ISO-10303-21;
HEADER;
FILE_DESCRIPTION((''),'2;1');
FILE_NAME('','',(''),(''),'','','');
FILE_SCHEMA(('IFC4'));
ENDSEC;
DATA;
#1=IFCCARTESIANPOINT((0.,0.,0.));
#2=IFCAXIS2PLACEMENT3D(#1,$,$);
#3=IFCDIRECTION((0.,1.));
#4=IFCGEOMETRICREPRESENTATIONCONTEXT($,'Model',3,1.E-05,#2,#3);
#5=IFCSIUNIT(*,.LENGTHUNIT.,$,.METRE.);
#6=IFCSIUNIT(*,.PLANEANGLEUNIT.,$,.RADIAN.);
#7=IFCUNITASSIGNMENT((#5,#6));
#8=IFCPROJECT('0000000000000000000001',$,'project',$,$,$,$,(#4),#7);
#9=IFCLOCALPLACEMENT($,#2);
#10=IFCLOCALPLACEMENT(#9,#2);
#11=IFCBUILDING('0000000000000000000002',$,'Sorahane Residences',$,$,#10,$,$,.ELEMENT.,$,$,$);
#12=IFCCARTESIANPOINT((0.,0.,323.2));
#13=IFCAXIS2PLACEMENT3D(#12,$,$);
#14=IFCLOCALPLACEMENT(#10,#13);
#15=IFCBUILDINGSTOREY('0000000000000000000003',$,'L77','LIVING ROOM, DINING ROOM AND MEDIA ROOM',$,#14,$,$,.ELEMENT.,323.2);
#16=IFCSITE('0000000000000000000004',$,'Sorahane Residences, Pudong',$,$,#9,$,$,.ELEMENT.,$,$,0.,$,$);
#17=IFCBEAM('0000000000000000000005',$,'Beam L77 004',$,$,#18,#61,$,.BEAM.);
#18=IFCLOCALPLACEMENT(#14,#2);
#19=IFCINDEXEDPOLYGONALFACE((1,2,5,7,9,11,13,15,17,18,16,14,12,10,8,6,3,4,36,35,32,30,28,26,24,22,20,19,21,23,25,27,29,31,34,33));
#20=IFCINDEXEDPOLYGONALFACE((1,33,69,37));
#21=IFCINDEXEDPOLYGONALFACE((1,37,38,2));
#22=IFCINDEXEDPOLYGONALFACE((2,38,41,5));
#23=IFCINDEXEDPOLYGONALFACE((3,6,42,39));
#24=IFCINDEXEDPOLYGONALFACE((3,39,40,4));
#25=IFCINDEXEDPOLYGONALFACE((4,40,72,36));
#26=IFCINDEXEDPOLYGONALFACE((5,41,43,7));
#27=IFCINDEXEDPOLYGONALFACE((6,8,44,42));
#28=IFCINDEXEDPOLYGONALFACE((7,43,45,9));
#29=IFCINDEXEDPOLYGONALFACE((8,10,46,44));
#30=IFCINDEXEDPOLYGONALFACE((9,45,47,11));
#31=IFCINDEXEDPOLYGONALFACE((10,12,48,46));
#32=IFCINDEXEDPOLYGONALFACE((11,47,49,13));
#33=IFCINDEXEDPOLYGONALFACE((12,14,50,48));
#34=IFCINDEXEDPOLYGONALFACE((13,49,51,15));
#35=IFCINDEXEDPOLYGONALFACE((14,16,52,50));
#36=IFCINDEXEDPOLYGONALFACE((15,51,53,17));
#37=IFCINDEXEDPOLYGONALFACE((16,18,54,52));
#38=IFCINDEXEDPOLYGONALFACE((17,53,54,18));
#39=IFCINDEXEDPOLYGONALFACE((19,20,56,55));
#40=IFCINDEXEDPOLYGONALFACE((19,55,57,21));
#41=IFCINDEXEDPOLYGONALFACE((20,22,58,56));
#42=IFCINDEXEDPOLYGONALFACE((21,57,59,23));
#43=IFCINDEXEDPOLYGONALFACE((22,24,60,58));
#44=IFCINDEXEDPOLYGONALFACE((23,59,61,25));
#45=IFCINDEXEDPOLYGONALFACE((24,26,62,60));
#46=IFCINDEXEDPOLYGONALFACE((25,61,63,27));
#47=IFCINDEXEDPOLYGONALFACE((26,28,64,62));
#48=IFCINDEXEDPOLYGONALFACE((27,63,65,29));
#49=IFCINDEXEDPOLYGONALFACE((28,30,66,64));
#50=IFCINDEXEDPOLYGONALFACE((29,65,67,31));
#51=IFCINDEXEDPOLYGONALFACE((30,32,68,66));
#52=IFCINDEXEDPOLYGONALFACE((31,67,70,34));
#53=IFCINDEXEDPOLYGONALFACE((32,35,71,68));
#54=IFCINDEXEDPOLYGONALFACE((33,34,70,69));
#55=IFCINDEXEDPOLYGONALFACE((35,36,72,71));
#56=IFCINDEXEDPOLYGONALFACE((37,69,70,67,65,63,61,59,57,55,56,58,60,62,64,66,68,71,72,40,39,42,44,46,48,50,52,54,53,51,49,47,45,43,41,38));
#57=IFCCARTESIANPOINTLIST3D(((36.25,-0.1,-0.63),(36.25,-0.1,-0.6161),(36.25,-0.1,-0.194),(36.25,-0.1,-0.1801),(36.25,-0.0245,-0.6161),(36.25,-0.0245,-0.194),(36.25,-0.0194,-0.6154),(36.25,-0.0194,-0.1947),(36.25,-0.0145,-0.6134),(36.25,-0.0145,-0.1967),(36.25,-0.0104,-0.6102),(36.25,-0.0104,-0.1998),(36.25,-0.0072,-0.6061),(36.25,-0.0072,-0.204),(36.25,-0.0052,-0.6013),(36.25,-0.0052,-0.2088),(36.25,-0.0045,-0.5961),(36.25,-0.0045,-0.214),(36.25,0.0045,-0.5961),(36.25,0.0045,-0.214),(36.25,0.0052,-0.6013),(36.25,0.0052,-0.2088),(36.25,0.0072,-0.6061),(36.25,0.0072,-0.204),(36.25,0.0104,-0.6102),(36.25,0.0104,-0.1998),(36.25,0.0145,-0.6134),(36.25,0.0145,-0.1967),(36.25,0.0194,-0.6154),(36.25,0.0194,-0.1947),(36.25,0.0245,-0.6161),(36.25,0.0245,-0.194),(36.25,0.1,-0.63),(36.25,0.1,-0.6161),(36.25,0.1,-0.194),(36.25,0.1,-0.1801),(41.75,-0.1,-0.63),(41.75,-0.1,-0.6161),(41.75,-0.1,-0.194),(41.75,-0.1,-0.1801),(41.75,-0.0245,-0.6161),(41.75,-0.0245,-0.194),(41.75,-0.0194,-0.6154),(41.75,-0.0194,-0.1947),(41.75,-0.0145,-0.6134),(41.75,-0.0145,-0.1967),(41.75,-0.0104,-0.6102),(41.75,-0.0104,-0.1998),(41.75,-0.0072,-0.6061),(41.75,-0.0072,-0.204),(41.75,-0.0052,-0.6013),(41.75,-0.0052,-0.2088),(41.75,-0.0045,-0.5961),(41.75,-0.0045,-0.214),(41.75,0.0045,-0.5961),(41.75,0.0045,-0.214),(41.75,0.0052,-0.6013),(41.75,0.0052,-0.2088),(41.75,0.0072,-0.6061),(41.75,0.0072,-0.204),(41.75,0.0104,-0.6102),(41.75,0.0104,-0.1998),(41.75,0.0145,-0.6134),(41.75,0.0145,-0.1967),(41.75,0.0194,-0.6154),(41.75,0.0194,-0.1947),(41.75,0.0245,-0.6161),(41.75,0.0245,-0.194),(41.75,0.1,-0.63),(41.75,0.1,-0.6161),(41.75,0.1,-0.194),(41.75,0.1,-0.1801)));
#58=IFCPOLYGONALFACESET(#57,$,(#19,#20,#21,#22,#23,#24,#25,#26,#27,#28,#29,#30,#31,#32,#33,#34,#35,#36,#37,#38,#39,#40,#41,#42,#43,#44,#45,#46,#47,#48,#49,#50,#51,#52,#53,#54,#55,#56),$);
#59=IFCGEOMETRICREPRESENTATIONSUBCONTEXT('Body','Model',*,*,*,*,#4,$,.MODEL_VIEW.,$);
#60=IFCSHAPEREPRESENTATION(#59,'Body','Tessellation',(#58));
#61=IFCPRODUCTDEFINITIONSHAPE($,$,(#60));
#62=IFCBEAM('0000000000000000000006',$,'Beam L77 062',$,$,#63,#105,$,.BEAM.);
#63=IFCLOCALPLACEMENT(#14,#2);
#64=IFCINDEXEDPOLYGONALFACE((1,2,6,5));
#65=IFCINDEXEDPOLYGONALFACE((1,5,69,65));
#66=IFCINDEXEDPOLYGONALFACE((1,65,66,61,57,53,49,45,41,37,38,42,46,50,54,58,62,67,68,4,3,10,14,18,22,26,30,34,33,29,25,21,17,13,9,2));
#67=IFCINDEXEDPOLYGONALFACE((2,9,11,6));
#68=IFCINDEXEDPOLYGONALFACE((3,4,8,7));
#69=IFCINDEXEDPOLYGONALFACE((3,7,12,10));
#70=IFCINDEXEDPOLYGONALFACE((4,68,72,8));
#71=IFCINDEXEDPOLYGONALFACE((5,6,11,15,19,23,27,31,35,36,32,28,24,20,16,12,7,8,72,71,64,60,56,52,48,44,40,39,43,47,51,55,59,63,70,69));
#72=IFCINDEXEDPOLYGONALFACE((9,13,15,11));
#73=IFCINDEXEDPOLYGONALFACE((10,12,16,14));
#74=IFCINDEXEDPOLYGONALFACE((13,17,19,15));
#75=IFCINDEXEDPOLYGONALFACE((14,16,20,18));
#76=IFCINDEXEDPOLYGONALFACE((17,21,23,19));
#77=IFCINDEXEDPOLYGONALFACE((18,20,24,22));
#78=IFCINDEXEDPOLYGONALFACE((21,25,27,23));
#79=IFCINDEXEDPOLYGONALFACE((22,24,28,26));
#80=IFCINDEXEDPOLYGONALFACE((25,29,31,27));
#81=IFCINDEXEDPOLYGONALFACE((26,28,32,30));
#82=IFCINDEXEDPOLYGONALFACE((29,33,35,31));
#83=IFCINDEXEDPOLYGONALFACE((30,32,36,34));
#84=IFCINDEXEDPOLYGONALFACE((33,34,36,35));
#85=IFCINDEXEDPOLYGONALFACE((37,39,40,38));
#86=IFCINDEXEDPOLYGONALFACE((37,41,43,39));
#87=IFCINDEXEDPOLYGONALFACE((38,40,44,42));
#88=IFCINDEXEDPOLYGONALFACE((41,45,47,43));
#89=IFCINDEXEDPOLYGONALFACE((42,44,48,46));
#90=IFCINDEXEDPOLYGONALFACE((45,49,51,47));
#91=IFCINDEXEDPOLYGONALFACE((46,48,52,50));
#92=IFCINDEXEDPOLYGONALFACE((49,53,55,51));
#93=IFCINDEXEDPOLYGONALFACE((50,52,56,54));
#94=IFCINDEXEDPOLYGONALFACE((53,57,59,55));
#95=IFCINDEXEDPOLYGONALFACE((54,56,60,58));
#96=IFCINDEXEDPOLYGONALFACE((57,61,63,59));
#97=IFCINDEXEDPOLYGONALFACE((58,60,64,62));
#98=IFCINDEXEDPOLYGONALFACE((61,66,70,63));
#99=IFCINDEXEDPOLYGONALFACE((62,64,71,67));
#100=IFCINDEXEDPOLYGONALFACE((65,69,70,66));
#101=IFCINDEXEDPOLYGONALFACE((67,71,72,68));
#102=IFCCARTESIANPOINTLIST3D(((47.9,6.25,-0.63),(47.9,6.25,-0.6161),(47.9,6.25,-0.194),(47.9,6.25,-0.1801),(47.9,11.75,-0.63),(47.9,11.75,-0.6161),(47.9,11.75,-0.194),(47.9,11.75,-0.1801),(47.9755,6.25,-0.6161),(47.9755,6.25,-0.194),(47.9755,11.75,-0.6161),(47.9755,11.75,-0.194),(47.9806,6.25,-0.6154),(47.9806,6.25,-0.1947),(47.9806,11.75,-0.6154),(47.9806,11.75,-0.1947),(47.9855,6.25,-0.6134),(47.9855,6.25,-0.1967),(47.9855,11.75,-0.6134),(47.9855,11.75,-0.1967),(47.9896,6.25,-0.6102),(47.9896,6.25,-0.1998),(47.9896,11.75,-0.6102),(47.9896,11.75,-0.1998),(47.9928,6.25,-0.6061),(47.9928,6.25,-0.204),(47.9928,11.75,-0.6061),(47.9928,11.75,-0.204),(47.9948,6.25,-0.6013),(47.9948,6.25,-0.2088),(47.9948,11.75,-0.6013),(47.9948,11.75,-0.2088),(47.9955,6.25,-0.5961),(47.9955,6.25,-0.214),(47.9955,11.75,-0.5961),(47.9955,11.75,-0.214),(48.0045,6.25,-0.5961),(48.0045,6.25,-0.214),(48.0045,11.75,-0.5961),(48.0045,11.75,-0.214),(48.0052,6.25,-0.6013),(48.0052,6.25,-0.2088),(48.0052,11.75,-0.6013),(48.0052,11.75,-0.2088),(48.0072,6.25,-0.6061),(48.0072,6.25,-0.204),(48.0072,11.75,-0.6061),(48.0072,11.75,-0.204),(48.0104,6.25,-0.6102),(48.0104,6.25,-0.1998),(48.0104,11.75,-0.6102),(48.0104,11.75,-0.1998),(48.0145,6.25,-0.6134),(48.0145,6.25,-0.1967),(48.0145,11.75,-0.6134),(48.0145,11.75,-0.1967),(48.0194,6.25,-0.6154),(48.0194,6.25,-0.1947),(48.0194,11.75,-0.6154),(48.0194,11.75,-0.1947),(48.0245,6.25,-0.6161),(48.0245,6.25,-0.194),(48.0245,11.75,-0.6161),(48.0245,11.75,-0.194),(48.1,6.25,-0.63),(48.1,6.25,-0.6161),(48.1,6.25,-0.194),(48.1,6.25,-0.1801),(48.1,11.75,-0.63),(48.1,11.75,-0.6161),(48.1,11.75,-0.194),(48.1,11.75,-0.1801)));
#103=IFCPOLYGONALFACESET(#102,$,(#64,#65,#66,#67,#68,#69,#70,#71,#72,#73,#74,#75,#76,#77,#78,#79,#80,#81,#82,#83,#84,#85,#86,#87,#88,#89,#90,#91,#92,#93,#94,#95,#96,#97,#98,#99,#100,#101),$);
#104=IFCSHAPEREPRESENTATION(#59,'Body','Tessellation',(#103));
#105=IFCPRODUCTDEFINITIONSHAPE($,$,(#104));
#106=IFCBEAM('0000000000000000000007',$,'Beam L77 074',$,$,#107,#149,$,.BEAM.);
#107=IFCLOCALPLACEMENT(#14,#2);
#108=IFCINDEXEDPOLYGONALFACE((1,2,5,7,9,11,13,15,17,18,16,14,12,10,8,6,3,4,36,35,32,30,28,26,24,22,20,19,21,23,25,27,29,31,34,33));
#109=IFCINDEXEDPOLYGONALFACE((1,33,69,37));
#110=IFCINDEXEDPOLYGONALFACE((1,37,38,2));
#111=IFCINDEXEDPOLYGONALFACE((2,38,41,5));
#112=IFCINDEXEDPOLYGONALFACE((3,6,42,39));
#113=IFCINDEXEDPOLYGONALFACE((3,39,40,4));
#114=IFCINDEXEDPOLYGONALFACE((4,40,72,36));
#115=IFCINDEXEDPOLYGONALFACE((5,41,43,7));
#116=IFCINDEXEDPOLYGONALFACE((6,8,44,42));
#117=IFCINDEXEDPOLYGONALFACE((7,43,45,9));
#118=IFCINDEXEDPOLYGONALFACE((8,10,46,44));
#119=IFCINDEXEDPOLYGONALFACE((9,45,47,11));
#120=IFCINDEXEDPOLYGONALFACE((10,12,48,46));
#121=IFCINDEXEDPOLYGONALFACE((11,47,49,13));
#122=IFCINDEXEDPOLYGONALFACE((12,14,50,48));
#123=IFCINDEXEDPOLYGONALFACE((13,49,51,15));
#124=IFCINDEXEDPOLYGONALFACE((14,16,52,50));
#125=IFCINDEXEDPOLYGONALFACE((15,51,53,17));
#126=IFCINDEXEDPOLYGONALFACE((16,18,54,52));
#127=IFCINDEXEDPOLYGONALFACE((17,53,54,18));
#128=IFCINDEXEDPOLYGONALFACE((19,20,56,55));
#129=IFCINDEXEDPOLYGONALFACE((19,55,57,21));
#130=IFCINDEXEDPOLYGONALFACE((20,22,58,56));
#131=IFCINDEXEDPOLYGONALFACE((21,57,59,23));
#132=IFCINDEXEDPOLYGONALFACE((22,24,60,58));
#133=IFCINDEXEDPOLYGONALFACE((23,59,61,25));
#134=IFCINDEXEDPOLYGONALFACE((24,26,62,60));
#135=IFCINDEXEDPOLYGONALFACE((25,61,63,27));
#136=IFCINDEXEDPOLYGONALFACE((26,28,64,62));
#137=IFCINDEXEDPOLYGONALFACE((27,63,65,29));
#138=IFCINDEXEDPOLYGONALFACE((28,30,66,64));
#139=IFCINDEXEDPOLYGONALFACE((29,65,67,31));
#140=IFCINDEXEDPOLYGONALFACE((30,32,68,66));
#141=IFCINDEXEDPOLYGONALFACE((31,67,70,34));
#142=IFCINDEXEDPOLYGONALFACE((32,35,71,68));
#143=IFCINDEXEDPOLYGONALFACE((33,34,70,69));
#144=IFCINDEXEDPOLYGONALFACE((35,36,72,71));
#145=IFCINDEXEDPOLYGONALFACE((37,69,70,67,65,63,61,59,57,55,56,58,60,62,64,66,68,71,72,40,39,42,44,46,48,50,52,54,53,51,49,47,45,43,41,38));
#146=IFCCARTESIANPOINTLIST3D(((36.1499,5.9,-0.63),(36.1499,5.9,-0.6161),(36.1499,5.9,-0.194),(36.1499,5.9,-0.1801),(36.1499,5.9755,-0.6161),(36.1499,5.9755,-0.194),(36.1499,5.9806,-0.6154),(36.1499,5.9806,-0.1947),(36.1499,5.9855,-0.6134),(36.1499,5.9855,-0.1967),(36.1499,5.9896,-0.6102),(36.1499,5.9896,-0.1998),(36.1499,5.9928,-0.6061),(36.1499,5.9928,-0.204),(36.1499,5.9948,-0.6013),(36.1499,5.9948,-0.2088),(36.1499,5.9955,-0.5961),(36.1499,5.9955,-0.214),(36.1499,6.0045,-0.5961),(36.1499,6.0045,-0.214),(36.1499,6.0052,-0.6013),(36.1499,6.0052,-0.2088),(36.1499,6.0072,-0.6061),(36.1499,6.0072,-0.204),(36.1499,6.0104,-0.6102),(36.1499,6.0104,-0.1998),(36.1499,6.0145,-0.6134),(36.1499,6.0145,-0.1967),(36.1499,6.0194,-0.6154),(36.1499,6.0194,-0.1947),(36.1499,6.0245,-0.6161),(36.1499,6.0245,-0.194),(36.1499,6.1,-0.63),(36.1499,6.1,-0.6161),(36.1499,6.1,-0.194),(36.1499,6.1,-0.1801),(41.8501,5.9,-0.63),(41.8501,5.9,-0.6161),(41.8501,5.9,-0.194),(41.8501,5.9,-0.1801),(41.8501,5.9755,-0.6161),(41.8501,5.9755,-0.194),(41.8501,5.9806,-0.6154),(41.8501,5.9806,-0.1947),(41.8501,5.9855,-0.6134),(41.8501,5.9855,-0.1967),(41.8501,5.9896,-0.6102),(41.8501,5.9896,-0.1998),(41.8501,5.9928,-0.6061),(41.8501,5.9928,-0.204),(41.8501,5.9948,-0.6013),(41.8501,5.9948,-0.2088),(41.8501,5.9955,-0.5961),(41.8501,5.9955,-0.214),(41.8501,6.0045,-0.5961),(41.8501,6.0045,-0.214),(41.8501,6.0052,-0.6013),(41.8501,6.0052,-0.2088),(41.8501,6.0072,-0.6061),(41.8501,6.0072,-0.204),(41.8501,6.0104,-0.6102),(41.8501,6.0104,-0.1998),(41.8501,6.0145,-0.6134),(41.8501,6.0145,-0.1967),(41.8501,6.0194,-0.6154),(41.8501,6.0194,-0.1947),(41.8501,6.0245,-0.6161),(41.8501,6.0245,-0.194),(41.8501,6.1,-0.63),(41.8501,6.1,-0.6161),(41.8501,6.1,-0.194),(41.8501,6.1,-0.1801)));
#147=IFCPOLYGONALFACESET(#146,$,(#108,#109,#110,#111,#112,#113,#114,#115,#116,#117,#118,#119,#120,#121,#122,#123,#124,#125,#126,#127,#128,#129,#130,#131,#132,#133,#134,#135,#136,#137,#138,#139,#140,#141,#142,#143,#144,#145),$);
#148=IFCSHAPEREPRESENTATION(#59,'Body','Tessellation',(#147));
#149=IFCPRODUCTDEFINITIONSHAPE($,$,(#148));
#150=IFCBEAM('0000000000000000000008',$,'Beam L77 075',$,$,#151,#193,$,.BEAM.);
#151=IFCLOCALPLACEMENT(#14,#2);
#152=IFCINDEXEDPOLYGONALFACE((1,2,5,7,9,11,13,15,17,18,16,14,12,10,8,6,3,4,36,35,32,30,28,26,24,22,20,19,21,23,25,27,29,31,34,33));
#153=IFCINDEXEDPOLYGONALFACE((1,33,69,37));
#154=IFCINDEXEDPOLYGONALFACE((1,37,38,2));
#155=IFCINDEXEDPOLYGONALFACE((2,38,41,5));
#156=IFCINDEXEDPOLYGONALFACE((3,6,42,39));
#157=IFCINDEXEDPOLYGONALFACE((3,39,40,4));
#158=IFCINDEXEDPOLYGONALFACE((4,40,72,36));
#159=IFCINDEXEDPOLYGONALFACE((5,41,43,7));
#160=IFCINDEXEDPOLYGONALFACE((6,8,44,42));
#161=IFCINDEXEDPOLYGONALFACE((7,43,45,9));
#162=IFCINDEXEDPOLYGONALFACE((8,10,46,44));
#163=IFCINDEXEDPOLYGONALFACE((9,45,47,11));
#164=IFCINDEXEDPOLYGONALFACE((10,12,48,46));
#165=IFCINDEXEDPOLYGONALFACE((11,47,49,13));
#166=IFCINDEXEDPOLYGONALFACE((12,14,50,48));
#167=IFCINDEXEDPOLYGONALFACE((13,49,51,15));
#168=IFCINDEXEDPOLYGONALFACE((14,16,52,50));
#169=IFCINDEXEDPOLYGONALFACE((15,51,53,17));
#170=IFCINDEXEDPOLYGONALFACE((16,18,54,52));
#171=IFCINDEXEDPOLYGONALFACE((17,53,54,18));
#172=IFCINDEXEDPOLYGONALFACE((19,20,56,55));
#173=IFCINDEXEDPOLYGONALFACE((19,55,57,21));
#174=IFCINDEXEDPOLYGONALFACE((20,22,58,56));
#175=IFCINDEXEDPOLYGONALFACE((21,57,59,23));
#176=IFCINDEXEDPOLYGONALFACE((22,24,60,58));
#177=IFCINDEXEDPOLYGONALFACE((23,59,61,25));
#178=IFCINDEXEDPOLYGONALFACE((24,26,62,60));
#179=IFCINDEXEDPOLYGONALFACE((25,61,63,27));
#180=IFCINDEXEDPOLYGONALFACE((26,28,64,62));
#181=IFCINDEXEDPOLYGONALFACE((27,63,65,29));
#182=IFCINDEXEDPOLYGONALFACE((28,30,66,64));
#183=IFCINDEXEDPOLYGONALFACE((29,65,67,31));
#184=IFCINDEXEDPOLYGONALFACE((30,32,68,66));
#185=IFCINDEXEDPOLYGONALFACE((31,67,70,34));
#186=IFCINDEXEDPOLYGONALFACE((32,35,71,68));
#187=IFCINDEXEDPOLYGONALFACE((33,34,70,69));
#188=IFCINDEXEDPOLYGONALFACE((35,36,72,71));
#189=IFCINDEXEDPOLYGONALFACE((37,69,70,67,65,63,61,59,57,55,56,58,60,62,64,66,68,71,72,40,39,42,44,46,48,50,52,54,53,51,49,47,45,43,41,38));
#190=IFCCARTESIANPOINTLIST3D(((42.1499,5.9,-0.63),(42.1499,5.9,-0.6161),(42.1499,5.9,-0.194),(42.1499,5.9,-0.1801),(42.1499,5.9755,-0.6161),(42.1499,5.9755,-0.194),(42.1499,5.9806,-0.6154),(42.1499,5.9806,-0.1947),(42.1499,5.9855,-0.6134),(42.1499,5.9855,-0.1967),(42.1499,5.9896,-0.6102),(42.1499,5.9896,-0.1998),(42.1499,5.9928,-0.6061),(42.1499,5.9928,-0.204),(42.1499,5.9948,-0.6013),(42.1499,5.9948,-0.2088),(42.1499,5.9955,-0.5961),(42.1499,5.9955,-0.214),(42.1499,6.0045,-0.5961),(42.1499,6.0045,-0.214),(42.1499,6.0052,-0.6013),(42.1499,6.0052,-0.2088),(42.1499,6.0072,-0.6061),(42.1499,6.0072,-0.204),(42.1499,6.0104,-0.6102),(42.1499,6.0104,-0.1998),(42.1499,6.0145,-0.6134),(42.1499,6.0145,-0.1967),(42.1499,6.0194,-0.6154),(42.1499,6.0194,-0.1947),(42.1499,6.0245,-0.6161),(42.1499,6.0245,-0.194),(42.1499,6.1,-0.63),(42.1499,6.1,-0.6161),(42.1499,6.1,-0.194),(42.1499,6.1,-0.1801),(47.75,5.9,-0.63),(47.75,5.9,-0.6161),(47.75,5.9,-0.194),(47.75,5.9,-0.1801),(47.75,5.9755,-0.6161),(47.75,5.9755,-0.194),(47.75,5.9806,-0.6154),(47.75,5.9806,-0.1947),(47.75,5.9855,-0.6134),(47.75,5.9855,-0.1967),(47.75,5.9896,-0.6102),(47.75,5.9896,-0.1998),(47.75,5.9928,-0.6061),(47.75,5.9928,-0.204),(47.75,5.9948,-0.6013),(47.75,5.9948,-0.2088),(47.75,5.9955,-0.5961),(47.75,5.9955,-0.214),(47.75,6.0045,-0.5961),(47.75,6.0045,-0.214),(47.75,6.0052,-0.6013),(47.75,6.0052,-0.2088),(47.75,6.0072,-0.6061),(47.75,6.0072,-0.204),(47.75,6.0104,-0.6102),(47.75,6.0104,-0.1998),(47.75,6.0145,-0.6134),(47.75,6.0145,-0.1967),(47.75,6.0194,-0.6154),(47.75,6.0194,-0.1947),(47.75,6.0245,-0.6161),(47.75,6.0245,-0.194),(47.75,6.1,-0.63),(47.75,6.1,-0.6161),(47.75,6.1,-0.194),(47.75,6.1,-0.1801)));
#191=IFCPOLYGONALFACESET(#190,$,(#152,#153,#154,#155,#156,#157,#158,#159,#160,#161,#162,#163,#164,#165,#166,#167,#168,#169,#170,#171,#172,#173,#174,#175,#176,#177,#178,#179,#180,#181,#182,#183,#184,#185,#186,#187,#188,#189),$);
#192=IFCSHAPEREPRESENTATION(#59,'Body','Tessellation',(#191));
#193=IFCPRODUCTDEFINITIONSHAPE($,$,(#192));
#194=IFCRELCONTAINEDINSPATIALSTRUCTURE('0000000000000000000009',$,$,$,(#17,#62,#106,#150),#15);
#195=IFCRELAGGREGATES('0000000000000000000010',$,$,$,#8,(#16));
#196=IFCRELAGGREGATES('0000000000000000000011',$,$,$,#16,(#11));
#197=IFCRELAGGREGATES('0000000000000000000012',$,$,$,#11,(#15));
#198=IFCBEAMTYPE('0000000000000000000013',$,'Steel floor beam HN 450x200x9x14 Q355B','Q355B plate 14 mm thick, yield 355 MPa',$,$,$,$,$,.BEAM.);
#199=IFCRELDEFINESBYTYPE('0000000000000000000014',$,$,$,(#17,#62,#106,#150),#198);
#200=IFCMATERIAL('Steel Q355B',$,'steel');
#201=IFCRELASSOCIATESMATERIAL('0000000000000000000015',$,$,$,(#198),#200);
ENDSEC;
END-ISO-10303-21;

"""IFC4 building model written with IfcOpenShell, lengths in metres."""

from ifc_helpers import new_model, si_unit, direction, frame, origin, origin_2d, place, context, subcontext, project, spatial, i_section, extrude, material, material_profile, profile_set, type_object, element, save


model = new_model("IFC4")

# Units and contexts
model_context = context("Model", 3, precision=1e-05, world=origin(), true_north=direction((0.0, 1.0)))
body_context = subcontext(model_context, "Body", "Model", "MODEL_VIEW")
ifc_project = project(units=[si_unit("LENGTHUNIT", "METRE"), si_unit("PLANEANGLEUNIT", "RADIAN")], contexts=[model_context])

# Site, building, storey
site_placement = place(None, origin())
site = spatial("IfcSite", under=ifc_project, at=site_placement, Name="Sorahane Residences, Pudong", CompositionType="ELEMENT", RefElevation=0.0)
building_placement = place(site_placement, origin())
building = spatial("IfcBuilding", under=site, at=building_placement, Name="Sorahane Residences", CompositionType="ELEMENT")
storey_placement = place(building_placement, frame((0.0, 0.0, 323.2)))
storey = spatial("IfcBuildingStorey", under=building, at=storey_placement, Name="L77", Description="LIVING ROOM, DINING ROOM AND MEDIA ROOM", CompositionType="ELEMENT", Elevation=323.2)

# Beams
ifc_material_1 = material(Name="Steel Q355B", Category="steel")
ifc_material_profile_1 = material_profile(ifc_material_1, i_section(OverallWidth=0.2, OverallDepth=0.45, WebThickness=0.009, FlangeThickness=0.0139, FilletRadius=0.02, at=origin_2d()), Name="HN 450x200x9x14")
ifc_profile_set_1 = profile_set([ifc_material_profile_1], Name="Steel Q355B")
beam_type_1 = type_object("IfcBeamType", Name="Steel floor beam HN 450x200x9x14 Q355B", Description="Q355B plate 14 mm thick, yield 355 MPa", PredefinedType="BEAM", material=ifc_profile_set_1)
for number, where, z_axis, x_axis, name in (
    (1, (36.25, 0.0, -0.405), (1.0, 0.0, 0.0), (0.0, 1.0, 0.0), "Beam L77 004"),
    (2, (48.0, 6.25, -0.405), (0.0, 1.0, 0.0), (-1.0, 0.0, 0.0), "Beam L77 062"),
):
    element("IfcBeam", number, at=place(storey_placement, frame(where, z_axis=z_axis, x_axis=x_axis)), inside=storey, type_object=beam_type_1, Name=name, PredefinedType="BEAM", context=body_context, shape_type="SweptSolid", body=[
        extrude(i_section(OverallWidth=0.2, OverallDepth=0.45, WebThickness=0.009, FlangeThickness=0.0139, FilletRadius=0.02, at=origin_2d()), origin(), (0.0, 0.0, 1.0), 5.5),
    ])
beam_1_placement = place(storey_placement, frame((36.1499, 6.0, -0.405), z_axis=(1.0, 0.0, 0.0), x_axis=(0.0, 1.0, 0.0)))
element("IfcBeam", 3, at=beam_1_placement, inside=storey, type_object=beam_type_1, Name="Beam L77 074", PredefinedType="BEAM", context=body_context, shape_type="SweptSolid", body=[
    extrude(i_section(OverallWidth=0.2, OverallDepth=0.45, WebThickness=0.009, FlangeThickness=0.0139, FilletRadius=0.02, at=origin_2d()), origin(), (0.0, 0.0, 1.0), 5.7002),
])
beam_2_placement = place(storey_placement, frame((42.1499, 6.0, -0.405), z_axis=(1.0, 0.0, 0.0), x_axis=(0.0, 1.0, 0.0)))
element("IfcBeam", 4, at=beam_2_placement, inside=storey, type_object=beam_type_1, Name="Beam L77 075", PredefinedType="BEAM", context=body_context, shape_type="SweptSolid", body=[
    extrude(i_section(OverallWidth=0.2, OverallDepth=0.45, WebThickness=0.009, FlangeThickness=0.0139, FilletRadius=0.02, at=origin_2d()), origin(), (0.0, 0.0, 1.0), 5.6001),
])

save(model, "model.ifc")
